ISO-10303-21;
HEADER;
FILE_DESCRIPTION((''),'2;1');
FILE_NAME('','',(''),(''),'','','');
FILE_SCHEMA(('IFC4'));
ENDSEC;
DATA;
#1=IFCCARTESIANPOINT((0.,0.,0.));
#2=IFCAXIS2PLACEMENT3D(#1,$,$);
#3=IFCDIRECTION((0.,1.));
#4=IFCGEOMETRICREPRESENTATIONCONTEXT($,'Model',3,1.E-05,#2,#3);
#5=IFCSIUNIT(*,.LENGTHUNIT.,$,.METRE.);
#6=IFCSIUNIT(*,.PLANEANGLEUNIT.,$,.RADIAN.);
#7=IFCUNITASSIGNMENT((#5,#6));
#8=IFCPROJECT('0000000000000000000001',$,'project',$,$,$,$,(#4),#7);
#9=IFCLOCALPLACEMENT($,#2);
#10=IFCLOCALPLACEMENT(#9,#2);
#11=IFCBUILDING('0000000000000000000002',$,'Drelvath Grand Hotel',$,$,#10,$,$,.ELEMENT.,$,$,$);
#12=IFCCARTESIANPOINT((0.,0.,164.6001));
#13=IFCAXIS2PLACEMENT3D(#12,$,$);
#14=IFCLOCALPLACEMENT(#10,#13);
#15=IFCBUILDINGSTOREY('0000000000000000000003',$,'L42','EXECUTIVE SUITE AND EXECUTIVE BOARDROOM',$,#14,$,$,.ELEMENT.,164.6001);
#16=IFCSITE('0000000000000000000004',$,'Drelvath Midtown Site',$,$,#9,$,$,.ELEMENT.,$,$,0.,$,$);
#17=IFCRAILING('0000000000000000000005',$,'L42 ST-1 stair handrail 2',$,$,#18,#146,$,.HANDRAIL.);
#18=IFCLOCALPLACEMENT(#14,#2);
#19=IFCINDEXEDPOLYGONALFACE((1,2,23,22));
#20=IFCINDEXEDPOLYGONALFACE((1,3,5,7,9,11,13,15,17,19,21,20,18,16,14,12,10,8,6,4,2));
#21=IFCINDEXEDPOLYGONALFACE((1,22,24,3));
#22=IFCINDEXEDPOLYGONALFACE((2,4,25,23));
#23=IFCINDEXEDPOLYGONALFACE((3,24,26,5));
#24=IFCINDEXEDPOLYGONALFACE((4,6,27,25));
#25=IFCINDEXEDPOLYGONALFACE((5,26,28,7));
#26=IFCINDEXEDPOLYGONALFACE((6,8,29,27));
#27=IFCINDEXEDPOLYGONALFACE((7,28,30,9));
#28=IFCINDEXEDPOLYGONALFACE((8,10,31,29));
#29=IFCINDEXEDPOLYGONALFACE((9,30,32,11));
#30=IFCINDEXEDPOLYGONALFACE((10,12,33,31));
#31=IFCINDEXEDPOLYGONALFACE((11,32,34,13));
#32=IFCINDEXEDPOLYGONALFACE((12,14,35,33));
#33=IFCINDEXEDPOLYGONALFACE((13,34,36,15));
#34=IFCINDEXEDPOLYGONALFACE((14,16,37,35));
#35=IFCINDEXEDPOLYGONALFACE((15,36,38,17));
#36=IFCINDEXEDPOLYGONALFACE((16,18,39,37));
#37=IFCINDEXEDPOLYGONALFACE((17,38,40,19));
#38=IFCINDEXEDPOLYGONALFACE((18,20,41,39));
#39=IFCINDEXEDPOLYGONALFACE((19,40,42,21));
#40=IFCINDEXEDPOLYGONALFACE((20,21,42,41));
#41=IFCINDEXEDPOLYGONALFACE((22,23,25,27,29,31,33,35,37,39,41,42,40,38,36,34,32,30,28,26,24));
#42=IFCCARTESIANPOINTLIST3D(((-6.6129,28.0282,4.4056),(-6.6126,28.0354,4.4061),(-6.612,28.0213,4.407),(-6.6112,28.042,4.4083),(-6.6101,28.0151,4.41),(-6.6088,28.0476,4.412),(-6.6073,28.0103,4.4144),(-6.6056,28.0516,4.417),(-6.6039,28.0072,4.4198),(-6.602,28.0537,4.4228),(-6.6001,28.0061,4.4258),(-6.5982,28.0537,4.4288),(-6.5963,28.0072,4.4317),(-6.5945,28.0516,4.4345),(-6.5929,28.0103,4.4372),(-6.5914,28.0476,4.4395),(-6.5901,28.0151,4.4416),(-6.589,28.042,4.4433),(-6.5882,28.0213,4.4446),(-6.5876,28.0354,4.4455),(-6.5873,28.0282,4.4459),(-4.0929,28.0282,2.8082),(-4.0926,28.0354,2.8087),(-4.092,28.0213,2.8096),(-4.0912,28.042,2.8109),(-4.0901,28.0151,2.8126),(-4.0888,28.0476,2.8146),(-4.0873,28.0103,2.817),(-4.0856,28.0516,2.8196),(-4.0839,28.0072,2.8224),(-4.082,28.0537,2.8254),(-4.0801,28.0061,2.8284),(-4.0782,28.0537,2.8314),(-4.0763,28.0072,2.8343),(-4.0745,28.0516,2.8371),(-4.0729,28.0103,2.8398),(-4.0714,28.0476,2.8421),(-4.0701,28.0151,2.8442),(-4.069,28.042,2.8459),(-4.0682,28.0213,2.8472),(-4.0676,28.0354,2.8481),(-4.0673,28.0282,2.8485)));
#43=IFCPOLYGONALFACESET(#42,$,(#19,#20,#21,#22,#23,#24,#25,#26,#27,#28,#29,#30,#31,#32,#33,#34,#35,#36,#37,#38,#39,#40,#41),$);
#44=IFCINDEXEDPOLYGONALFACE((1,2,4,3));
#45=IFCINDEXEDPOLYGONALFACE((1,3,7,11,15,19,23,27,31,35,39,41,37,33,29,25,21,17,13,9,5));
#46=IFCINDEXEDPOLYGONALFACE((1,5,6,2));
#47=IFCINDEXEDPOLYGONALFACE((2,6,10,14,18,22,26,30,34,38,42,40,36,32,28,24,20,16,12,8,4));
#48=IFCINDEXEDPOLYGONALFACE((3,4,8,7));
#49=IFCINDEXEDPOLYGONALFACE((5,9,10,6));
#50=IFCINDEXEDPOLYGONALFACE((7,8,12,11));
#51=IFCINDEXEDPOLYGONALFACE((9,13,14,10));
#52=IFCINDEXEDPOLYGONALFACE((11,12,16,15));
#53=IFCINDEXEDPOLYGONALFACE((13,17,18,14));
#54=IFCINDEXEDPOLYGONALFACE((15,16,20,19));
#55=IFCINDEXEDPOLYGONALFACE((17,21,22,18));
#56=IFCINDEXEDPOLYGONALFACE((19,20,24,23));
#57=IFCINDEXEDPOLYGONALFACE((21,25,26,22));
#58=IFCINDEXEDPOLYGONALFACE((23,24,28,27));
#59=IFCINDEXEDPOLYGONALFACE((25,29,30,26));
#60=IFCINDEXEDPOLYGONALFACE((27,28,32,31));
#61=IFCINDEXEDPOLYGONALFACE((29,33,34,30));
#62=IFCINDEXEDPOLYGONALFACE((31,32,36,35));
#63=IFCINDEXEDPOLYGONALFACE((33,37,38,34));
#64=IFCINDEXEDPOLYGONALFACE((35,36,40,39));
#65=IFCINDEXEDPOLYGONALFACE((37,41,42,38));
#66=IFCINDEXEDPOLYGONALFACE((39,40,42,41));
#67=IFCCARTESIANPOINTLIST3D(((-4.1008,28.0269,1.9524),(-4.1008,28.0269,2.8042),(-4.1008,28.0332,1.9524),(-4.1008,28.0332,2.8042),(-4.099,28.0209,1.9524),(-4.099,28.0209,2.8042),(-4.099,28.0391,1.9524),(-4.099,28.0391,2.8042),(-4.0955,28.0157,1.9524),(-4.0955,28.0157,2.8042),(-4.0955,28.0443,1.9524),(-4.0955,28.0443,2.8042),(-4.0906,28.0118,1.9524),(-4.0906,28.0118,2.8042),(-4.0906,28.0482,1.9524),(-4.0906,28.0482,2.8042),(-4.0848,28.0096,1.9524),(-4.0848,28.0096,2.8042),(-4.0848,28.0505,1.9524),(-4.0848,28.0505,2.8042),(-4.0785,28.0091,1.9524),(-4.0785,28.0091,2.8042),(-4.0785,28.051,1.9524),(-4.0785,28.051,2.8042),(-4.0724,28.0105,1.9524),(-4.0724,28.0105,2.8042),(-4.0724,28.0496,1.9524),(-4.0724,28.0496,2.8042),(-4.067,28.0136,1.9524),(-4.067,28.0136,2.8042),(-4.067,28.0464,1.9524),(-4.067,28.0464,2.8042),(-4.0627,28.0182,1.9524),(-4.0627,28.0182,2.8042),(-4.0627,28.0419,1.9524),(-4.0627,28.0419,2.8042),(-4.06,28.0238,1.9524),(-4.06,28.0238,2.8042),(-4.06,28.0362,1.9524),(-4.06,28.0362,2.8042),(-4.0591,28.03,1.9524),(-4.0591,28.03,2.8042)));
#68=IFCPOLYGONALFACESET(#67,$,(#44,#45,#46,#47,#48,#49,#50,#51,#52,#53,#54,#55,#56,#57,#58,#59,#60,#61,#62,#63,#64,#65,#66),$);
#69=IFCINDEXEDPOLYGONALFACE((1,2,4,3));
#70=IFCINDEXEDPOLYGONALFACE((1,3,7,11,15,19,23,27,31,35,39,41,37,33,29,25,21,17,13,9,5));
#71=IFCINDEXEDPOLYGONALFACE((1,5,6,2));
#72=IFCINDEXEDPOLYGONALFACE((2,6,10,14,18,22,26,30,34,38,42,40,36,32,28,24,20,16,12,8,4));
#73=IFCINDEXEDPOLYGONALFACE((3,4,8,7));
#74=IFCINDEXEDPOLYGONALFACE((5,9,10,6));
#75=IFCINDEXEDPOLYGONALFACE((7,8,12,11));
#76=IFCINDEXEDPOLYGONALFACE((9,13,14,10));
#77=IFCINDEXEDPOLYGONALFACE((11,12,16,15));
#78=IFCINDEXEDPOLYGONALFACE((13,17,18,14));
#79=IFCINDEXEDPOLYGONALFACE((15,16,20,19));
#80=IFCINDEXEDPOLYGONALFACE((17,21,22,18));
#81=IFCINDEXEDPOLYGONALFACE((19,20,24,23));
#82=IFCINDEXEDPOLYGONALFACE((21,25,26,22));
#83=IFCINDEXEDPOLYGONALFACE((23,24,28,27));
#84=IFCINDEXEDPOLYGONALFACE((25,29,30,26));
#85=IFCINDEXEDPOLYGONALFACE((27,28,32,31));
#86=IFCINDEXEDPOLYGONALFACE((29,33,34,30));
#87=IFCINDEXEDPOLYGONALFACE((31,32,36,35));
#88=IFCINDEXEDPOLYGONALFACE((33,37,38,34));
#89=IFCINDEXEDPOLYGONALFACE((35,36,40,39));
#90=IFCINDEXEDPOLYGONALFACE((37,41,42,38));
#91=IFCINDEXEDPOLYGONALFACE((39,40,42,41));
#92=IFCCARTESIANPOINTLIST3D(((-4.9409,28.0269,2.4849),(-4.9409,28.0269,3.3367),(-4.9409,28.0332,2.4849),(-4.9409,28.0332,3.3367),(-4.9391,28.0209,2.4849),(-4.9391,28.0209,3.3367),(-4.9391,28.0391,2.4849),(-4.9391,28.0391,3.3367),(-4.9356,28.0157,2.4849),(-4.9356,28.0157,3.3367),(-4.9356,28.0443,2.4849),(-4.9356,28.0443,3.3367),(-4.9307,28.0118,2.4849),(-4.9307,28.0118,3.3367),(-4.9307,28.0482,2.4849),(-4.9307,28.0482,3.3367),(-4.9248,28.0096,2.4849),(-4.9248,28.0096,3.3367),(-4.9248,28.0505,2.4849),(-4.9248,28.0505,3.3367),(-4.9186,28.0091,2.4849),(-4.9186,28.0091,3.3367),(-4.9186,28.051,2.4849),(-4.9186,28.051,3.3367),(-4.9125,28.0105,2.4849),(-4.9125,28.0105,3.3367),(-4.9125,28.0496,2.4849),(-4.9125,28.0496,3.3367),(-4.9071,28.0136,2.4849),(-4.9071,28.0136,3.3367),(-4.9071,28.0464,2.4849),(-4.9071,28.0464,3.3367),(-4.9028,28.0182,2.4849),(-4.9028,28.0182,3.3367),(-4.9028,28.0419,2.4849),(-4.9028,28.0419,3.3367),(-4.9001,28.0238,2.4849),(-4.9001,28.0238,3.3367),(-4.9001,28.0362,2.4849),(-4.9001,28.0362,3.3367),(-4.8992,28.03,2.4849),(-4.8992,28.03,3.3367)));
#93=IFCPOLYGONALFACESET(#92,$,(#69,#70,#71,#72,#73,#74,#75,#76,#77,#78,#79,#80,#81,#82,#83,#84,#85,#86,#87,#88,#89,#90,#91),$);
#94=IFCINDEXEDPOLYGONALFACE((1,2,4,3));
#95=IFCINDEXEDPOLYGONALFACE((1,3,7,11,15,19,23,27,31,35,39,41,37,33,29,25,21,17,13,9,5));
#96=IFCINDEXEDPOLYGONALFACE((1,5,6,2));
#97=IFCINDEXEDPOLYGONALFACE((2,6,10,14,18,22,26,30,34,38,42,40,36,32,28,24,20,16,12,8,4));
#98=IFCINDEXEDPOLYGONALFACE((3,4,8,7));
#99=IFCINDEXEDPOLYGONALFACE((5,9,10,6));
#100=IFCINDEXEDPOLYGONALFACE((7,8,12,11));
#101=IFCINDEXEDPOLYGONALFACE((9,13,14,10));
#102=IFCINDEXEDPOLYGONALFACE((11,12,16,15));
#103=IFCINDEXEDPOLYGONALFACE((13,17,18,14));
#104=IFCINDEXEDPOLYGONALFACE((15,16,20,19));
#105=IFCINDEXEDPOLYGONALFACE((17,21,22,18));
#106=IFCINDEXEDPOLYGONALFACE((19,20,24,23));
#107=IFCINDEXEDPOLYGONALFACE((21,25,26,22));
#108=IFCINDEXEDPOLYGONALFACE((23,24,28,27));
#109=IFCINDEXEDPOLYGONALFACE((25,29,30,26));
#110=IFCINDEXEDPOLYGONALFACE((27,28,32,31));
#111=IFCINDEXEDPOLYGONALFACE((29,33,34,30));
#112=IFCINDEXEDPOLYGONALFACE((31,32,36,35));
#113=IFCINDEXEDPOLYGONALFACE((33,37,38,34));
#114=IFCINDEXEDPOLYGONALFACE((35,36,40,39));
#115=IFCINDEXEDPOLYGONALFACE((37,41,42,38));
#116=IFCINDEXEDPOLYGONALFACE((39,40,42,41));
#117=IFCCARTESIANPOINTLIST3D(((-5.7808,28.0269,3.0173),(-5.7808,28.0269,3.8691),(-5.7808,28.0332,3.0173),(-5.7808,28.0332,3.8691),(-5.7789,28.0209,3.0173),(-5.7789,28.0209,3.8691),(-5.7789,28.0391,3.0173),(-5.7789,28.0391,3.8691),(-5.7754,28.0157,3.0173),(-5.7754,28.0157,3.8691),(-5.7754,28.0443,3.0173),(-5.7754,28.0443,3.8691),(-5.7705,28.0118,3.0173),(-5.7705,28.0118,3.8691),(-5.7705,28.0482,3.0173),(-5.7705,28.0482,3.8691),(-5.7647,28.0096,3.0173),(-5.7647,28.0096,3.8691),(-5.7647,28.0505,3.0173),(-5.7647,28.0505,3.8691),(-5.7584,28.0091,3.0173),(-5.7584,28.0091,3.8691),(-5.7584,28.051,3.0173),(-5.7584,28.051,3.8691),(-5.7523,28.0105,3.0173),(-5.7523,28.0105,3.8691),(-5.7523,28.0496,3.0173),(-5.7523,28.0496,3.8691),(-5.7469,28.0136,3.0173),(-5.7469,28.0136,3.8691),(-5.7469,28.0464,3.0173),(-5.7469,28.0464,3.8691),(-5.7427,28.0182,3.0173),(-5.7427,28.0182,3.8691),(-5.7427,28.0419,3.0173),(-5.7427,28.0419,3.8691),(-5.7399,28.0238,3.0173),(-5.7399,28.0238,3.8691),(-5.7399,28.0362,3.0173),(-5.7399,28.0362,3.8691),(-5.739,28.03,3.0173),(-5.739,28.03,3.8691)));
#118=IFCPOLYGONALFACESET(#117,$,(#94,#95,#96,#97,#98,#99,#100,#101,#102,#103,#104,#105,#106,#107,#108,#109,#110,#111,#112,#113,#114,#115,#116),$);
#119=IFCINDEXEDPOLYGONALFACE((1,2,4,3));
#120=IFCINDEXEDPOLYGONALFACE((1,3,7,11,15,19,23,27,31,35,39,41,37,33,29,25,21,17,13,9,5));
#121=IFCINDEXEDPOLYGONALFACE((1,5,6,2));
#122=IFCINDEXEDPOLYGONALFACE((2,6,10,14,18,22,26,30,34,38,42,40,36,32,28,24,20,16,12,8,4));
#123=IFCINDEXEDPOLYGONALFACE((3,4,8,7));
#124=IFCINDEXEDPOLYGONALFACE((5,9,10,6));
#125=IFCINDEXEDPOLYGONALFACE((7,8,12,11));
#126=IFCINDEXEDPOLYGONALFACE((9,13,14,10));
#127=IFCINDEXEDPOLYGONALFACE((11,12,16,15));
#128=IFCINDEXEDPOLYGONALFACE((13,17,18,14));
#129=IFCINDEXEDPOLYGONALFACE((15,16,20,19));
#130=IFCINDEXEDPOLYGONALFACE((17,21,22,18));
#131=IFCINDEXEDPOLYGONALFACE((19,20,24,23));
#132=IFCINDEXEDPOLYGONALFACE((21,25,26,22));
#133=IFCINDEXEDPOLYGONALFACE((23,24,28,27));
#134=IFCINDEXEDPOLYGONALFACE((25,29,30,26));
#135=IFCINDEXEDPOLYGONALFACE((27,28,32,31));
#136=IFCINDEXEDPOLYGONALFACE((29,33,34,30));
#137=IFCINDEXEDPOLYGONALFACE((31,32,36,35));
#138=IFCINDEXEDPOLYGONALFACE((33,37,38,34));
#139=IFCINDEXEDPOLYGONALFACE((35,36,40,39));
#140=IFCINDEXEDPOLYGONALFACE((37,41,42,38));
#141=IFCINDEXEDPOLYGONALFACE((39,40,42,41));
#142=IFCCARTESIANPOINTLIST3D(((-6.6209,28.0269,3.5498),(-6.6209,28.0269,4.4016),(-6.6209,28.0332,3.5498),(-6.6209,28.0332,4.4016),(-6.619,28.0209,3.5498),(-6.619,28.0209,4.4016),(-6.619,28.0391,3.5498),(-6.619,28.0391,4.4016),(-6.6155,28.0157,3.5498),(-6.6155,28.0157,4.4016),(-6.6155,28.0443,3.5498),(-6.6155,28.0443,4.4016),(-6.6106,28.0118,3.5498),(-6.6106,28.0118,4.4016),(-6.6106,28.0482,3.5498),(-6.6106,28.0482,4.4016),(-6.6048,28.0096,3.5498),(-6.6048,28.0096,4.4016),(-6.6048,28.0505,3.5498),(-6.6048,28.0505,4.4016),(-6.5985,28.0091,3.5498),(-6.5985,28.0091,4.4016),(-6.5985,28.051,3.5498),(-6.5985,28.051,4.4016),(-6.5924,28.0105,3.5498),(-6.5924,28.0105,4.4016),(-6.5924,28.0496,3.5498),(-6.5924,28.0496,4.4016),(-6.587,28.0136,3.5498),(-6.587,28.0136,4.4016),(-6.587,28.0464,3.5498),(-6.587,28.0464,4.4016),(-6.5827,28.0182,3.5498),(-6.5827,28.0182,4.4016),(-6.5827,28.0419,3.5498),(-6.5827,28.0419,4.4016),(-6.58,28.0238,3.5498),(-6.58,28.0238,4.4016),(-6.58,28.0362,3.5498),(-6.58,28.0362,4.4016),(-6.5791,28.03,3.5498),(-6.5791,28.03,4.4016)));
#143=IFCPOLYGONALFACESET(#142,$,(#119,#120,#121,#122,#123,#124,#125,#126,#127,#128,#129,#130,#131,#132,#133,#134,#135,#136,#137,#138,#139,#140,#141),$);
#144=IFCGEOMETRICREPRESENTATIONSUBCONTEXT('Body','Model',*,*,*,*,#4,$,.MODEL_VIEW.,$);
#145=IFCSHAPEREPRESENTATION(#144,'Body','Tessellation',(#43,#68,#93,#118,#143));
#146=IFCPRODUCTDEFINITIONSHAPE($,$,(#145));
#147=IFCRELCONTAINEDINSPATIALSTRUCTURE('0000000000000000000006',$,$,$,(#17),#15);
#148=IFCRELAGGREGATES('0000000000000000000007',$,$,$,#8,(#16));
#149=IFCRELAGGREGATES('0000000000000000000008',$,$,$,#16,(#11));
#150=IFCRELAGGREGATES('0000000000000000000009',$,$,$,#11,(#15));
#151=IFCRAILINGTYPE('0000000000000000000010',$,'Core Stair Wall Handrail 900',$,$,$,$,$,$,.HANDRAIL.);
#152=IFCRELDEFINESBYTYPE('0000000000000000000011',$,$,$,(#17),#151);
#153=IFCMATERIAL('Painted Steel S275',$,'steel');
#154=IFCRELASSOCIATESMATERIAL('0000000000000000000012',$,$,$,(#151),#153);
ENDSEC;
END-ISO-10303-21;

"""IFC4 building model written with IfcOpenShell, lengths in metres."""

from ifc_helpers import new_model, si_unit, direction, frame, origin, origin_2d, place, context, subcontext, project, spatial, circle, extrude, material, type_object, element, save


model = new_model("IFC4")

# Units and contexts
model_context = context("Model", 3, precision=1e-05, world=origin(), true_north=direction((0.0, 1.0)))
body_context = subcontext(model_context, "Body", "Model", "MODEL_VIEW")
ifc_project = project(units=[si_unit("LENGTHUNIT", "METRE"), si_unit("PLANEANGLEUNIT", "RADIAN")], contexts=[model_context])

# Site, building, storey
site_placement = place(None, origin())
site = spatial("IfcSite", under=ifc_project, at=site_placement, Name="Drelvath Midtown Site", CompositionType="ELEMENT", RefElevation=0.0)
building_placement = place(site_placement, origin())
building = spatial("IfcBuilding", under=site, at=building_placement, Name="Drelvath Grand Hotel", CompositionType="ELEMENT")
storey_placement = place(building_placement, frame((0.0, 0.0, 164.6001)))
storey = spatial("IfcBuildingStorey", under=building, at=storey_placement, Name="L42", Description="EXECUTIVE SUITE AND EXECUTIVE BOARDROOM", CompositionType="ELEMENT", Elevation=164.6001)

# Shared definitions
ifc_material_1 = material(Name="Painted Steel S275", Category="steel")

# Railing
railing_type = type_object("IfcRailingType", Name="Core Stair Wall Handrail 900", PredefinedType="HANDRAIL", material=ifc_material_1)
railing_placement = place(storey_placement, frame((-4.0801, 28.03, 1.9524)))
element("IfcRailing", 1, at=railing_placement, inside=storey, type_object=railing_type, Name="L42 ST-1 stair handrail 2", PredefinedType="HANDRAIL", context=body_context, shape_type="SweptSolid", body=[
    extrude(circle(Radius=0.0239, at=origin_2d()), frame((0.0, 0.0, 0.876), z_axis=(-0.844607, 0.0, 0.535387), x_axis=(0.0, -1.0, 0.0)), (0.0, 0.0, 1.0), 2.9836),
    extrude(circle(Radius=0.021, at=origin_2d()), origin(), (0.0, 0.0, 1.0), 0.8518),
    extrude(circle(Radius=0.021, at=origin_2d()), frame((-0.8401, 0.0, 0.5325)), (0.0, 0.0, 1.0), 0.8518),
    extrude(circle(Radius=0.021, at=origin_2d()), frame((-1.6799, 0.0, 1.0649)), (0.0, 0.0, 1.0), 0.8518),
    extrude(circle(Radius=0.021, at=origin_2d()), frame((-2.52, 0.0, 1.5974)), (0.0, 0.0, 1.0), 0.8518),
])

save(model, "model.ifc")
